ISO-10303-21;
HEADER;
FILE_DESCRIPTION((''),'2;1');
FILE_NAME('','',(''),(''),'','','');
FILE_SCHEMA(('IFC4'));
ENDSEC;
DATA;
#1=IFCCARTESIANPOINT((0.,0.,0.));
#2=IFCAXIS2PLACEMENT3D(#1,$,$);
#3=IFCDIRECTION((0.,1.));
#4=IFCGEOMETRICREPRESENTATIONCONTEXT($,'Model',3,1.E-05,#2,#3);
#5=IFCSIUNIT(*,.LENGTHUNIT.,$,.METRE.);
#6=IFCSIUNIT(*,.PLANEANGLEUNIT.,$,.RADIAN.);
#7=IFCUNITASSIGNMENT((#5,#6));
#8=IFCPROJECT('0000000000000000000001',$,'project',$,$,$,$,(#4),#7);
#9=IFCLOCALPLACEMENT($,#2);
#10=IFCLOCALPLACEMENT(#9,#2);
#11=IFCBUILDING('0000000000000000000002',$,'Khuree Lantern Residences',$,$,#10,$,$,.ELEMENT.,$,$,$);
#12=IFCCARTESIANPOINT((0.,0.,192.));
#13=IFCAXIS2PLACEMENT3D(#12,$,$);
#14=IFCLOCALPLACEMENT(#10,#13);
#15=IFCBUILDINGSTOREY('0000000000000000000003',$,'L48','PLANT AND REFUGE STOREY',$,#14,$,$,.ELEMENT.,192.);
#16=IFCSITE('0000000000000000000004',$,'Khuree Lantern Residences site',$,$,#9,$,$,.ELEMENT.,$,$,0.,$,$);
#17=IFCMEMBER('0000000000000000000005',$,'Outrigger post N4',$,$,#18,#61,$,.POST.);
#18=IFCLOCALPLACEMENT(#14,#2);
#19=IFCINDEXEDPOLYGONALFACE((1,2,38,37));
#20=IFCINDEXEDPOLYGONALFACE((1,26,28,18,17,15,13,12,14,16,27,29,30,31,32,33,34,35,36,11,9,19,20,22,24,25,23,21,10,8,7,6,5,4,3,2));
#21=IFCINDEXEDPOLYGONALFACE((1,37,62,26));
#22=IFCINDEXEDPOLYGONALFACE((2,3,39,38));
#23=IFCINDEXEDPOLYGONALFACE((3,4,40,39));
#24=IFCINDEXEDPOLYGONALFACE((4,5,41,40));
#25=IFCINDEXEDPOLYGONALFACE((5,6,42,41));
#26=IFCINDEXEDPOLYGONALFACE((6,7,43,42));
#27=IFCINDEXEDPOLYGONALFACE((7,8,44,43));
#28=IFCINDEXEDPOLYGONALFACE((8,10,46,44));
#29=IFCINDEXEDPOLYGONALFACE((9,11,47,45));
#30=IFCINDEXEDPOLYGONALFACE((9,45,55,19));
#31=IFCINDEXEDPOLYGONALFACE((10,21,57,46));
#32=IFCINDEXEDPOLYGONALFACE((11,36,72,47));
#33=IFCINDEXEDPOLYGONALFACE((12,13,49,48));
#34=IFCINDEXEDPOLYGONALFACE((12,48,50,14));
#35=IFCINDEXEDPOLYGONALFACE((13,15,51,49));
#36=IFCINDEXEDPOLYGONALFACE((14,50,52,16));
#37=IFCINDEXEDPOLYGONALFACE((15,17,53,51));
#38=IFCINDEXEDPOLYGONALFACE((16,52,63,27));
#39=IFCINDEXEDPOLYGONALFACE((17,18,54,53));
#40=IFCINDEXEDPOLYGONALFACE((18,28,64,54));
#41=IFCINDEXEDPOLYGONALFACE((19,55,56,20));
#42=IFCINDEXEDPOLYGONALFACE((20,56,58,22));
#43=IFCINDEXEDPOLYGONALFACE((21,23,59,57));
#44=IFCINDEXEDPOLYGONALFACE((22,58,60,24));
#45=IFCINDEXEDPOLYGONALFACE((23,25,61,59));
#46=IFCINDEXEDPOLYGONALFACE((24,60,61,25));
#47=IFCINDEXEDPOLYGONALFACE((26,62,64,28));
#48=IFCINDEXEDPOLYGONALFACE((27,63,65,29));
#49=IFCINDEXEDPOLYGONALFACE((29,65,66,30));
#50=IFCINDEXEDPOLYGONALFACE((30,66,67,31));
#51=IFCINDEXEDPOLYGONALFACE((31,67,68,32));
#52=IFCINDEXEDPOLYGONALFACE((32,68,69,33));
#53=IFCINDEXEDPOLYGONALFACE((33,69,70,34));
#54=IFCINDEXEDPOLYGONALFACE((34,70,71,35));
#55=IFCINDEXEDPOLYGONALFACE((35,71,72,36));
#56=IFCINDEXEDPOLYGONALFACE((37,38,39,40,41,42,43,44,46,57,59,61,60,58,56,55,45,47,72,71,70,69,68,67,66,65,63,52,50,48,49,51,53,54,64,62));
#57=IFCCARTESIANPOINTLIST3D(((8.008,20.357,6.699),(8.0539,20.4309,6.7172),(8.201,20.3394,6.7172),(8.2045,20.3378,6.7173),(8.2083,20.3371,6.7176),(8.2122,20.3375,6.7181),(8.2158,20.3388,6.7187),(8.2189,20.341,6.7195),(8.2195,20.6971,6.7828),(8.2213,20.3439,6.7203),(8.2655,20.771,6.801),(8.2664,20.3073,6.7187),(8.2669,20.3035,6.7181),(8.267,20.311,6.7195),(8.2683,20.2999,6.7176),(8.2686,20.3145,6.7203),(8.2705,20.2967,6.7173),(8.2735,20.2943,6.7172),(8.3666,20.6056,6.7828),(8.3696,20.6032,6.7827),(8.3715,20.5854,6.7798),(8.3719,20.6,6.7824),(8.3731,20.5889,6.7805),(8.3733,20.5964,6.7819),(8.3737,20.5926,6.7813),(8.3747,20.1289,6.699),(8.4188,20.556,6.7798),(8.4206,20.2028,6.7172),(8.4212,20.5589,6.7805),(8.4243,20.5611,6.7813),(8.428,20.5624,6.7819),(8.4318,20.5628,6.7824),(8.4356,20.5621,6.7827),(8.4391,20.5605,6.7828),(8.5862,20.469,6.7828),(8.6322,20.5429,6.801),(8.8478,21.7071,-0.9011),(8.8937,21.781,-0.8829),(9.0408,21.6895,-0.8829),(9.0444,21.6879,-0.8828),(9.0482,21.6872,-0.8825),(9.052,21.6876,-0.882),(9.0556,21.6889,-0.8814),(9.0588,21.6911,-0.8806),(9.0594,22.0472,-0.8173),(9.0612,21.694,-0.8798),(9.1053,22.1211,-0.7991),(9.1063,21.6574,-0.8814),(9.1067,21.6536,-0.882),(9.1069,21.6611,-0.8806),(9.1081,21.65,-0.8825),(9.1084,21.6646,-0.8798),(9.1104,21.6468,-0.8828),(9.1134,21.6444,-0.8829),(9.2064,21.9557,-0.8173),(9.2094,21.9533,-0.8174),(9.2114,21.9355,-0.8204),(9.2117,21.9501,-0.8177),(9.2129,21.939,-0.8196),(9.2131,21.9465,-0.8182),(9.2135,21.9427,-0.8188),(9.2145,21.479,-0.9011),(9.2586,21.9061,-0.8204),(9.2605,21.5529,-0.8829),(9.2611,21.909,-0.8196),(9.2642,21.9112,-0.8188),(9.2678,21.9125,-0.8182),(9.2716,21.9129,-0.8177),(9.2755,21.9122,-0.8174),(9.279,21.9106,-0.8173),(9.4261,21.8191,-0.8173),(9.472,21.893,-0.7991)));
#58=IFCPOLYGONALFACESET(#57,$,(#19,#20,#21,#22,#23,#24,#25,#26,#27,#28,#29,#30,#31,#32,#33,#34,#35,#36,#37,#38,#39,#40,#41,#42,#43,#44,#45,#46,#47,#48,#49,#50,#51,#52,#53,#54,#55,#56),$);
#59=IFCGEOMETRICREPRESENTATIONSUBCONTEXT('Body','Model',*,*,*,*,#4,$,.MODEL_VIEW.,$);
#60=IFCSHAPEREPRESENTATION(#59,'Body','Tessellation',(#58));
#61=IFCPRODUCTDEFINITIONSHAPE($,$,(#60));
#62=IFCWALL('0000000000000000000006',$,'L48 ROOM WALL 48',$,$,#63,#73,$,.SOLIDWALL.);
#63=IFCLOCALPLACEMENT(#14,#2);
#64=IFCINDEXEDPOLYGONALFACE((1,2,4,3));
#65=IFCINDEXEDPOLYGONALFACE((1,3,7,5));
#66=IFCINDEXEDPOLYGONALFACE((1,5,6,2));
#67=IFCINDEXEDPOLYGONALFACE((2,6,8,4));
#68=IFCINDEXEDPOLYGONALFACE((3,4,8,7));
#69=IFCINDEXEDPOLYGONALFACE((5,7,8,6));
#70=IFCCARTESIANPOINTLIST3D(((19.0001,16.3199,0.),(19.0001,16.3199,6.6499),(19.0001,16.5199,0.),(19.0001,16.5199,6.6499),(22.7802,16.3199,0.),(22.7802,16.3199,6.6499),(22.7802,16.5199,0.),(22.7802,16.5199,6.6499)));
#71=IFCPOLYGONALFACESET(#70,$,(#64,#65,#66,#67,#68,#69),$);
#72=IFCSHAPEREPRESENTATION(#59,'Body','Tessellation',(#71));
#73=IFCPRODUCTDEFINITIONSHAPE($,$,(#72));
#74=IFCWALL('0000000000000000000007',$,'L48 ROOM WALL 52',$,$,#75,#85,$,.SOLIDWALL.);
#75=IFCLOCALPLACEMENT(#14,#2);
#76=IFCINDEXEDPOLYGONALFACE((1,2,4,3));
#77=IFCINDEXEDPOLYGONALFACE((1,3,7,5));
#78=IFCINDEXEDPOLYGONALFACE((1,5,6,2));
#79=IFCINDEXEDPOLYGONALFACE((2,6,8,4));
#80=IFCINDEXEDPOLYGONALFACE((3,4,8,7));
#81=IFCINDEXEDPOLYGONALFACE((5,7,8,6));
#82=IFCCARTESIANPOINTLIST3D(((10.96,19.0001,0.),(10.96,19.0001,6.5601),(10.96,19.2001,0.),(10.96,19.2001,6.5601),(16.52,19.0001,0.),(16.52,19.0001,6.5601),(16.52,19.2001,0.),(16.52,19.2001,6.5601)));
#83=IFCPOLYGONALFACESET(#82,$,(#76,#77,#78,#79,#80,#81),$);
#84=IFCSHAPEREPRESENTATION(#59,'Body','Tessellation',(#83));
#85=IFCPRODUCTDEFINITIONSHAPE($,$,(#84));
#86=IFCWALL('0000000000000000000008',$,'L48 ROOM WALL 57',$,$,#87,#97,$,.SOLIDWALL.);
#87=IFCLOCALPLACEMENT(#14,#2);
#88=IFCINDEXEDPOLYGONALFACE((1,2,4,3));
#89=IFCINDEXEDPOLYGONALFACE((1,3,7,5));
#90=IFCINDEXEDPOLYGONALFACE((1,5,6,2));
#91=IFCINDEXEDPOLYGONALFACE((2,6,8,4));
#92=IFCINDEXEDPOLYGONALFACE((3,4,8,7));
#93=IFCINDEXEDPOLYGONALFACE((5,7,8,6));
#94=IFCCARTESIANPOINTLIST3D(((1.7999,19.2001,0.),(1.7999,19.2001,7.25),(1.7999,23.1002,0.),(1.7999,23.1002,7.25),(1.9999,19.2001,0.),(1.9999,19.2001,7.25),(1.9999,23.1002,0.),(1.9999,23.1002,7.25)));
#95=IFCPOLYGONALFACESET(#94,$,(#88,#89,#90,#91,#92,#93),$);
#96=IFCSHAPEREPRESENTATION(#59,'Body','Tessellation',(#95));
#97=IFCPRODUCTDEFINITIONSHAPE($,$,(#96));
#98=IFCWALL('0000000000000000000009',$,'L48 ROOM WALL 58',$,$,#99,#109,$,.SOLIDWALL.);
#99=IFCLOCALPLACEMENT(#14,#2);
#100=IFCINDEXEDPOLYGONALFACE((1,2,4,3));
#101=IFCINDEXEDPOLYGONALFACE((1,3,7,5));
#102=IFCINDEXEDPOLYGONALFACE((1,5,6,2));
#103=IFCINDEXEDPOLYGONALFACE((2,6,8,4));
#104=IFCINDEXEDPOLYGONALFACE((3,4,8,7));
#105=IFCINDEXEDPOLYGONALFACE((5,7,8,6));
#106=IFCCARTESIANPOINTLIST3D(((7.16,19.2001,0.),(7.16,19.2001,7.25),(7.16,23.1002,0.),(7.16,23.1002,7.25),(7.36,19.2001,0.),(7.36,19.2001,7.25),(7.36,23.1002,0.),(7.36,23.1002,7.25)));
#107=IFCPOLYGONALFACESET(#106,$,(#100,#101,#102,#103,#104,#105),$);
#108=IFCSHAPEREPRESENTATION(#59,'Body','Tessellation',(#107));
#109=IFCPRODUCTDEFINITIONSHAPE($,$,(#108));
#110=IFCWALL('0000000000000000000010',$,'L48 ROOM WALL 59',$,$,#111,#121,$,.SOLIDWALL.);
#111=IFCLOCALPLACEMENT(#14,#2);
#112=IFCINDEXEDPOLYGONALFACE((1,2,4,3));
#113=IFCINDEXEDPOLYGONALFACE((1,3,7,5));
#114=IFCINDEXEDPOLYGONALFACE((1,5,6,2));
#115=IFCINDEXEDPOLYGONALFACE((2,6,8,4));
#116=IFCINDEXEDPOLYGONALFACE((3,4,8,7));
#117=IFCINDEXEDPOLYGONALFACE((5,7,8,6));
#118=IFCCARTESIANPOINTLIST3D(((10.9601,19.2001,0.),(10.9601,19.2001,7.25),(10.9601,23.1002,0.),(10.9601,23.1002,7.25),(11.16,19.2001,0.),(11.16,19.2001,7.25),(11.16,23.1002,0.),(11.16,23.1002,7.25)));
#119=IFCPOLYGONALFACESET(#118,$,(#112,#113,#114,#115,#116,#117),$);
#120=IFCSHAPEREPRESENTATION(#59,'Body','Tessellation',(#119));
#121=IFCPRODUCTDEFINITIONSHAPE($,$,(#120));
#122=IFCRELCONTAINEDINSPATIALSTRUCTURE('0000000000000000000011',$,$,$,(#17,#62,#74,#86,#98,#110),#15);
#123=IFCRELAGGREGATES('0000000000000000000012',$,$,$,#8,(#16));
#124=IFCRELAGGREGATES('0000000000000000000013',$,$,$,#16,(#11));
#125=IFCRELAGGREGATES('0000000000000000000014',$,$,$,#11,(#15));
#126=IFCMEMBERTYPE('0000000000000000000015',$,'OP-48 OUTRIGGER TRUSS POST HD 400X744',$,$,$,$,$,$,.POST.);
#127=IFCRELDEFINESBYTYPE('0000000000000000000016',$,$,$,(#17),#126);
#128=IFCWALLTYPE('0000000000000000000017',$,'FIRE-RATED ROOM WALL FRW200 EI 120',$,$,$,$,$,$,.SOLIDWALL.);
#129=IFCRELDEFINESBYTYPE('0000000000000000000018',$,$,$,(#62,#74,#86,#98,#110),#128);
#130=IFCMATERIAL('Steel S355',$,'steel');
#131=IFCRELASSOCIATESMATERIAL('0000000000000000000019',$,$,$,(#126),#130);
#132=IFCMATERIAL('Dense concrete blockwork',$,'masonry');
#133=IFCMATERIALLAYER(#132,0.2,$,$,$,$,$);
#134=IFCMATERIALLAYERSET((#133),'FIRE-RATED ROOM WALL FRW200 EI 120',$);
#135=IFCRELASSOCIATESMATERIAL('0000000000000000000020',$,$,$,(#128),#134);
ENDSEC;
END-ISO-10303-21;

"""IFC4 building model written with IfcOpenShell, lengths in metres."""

from ifc_helpers import new_model, si_unit, direction, frame, frame_2d, origin, origin_2d, place, context, subcontext, project, spatial, rectangle, i_section, extrude, material, layer, layer_set, material_profile, profile_set, type_object, element, save


model = new_model("IFC4")

# Units and contexts
model_context = context("Model", 3, precision=1e-05, world=origin(), true_north=direction((0.0, 1.0)))
body_context = subcontext(model_context, "Body", "Model", "MODEL_VIEW")
ifc_project = project(units=[si_unit("LENGTHUNIT", "METRE"), si_unit("PLANEANGLEUNIT", "RADIAN")], contexts=[model_context])

# Site, building, storey
site_placement = place(None, origin())
site = spatial("IfcSite", under=ifc_project, at=site_placement, Name="Khuree Lantern Residences site", CompositionType="ELEMENT", RefElevation=0.0)
building_placement = place(site_placement, origin())
building = spatial("IfcBuilding", under=site, at=building_placement, Name="Khuree Lantern Residences", CompositionType="ELEMENT")
storey_placement = place(building_placement, frame((0.0, 0.0, 192.0)))
storey = spatial("IfcBuildingStorey", under=building, at=storey_placement, Name="L48", Description="PLANT AND REFUGE STOREY", CompositionType="ELEMENT", Elevation=192.0)

# Member
ifc_material_1 = material(Name="Steel S355", Category="steel")
ifc_material_profile_1 = material_profile(ifc_material_1, i_section(OverallWidth=0.4319, OverallDepth=0.498, WebThickness=0.0557, FlangeThickness=0.0889, FilletRadius=0.0149, at=origin_2d()), Name="HD 400X744")
ifc_profile_set_1 = profile_set([ifc_material_profile_1], Name="Steel S355")
member_type_1 = type_object("IfcMemberType", Name="OP-48 OUTRIGGER TRUSS POST HD 400X744", PredefinedType="POST", material=ifc_profile_set_1)
member_1_placement = place(storey_placement, frame((9.1599, 21.8, -0.8501), z_axis=(-0.108163, -0.173878, 0.978809), x_axis=(0.849118, -0.528203, 0.0)))
element("IfcMember", 1, at=member_1_placement, inside=storey, type_object=member_type_1, Name="Outrigger post N4", PredefinedType="POST", context=body_context, shape_type="SweptSolid", body=[
    extrude(i_section(OverallWidth=0.4319, OverallDepth=0.498, WebThickness=0.0557, FlangeThickness=0.0889, FilletRadius=0.0149, at=origin_2d()), origin(), (0.0, 0.0, 1.0), 7.7646),
])

# Shared definitions
ifc_material_2 = material(Name="Dense concrete blockwork", Category="masonry")
ifc_layer = layer(ifc_material_2, 0.2)
ifc_layer_set = layer_set([ifc_layer], Name="FIRE-RATED ROOM WALL FRW200 EI 120")
wall_type = type_object("IfcWallType", Name="FIRE-RATED ROOM WALL FRW200 EI 120", PredefinedType="SOLIDWALL", material=ifc_layer_set)

# Wall
wall_1_placement = place(storey_placement, frame((19.0, 16.4199, 0.0), z_axis=(0.0, 0.0, 1.0), x_axis=(1.0, 0.0, 0.0)))
element("IfcWall", 2, at=wall_1_placement, inside=storey, type_object=wall_type, Name="L48 ROOM WALL 48", PredefinedType="SOLIDWALL", context=body_context, shape_type="SweptSolid", body=[
    extrude(rectangle(XDim=3.78, YDim=0.2, at=frame_2d((1.8901, 0.0))), origin(), (0.0, 0.0, 1.0), 6.6499),
])

# Walls
wall_2_placement = place(storey_placement, frame((10.96, 19.1001, 0.0), z_axis=(0.0, 0.0, 1.0), x_axis=(1.0, 0.0, 0.0)))
element("IfcWall", 3, at=wall_2_placement, inside=storey, type_object=wall_type, Name="L48 ROOM WALL 52", PredefinedType="SOLIDWALL", context=body_context, shape_type="SweptSolid", body=[
    extrude(rectangle(XDim=5.5601, YDim=0.2, at=frame_2d((2.78, 0.0))), origin(), (0.0, 0.0, 1.0), 6.5601),
])
for number, where, z_axis, x_axis, name in (
    (4, (1.8999, 19.2, 0.0), (0.0, 0.0, 1.0), (0.0, 1.0, 0.0), "L48 ROOM WALL 57"),
    (5, (7.26, 19.2, 0.0), (0.0, 0.0, 1.0), (0.0, 1.0, 0.0), "L48 ROOM WALL 58"),
    (6, (11.0601, 19.2, 0.0), (0.0, 0.0, 1.0), (0.0, 1.0, 0.0), "L48 ROOM WALL 59"),
):
    element("IfcWall", number, at=place(storey_placement, frame(where, z_axis=z_axis, x_axis=x_axis)), inside=storey, type_object=wall_type, Name=name, PredefinedType="SOLIDWALL", context=body_context, shape_type="SweptSolid", body=[
        extrude(rectangle(XDim=3.9001, YDim=0.2, at=frame_2d((1.9502, 0.0))), origin(), (0.0, 0.0, 1.0), 7.25),
    ])

save(model, "model.ifc")
